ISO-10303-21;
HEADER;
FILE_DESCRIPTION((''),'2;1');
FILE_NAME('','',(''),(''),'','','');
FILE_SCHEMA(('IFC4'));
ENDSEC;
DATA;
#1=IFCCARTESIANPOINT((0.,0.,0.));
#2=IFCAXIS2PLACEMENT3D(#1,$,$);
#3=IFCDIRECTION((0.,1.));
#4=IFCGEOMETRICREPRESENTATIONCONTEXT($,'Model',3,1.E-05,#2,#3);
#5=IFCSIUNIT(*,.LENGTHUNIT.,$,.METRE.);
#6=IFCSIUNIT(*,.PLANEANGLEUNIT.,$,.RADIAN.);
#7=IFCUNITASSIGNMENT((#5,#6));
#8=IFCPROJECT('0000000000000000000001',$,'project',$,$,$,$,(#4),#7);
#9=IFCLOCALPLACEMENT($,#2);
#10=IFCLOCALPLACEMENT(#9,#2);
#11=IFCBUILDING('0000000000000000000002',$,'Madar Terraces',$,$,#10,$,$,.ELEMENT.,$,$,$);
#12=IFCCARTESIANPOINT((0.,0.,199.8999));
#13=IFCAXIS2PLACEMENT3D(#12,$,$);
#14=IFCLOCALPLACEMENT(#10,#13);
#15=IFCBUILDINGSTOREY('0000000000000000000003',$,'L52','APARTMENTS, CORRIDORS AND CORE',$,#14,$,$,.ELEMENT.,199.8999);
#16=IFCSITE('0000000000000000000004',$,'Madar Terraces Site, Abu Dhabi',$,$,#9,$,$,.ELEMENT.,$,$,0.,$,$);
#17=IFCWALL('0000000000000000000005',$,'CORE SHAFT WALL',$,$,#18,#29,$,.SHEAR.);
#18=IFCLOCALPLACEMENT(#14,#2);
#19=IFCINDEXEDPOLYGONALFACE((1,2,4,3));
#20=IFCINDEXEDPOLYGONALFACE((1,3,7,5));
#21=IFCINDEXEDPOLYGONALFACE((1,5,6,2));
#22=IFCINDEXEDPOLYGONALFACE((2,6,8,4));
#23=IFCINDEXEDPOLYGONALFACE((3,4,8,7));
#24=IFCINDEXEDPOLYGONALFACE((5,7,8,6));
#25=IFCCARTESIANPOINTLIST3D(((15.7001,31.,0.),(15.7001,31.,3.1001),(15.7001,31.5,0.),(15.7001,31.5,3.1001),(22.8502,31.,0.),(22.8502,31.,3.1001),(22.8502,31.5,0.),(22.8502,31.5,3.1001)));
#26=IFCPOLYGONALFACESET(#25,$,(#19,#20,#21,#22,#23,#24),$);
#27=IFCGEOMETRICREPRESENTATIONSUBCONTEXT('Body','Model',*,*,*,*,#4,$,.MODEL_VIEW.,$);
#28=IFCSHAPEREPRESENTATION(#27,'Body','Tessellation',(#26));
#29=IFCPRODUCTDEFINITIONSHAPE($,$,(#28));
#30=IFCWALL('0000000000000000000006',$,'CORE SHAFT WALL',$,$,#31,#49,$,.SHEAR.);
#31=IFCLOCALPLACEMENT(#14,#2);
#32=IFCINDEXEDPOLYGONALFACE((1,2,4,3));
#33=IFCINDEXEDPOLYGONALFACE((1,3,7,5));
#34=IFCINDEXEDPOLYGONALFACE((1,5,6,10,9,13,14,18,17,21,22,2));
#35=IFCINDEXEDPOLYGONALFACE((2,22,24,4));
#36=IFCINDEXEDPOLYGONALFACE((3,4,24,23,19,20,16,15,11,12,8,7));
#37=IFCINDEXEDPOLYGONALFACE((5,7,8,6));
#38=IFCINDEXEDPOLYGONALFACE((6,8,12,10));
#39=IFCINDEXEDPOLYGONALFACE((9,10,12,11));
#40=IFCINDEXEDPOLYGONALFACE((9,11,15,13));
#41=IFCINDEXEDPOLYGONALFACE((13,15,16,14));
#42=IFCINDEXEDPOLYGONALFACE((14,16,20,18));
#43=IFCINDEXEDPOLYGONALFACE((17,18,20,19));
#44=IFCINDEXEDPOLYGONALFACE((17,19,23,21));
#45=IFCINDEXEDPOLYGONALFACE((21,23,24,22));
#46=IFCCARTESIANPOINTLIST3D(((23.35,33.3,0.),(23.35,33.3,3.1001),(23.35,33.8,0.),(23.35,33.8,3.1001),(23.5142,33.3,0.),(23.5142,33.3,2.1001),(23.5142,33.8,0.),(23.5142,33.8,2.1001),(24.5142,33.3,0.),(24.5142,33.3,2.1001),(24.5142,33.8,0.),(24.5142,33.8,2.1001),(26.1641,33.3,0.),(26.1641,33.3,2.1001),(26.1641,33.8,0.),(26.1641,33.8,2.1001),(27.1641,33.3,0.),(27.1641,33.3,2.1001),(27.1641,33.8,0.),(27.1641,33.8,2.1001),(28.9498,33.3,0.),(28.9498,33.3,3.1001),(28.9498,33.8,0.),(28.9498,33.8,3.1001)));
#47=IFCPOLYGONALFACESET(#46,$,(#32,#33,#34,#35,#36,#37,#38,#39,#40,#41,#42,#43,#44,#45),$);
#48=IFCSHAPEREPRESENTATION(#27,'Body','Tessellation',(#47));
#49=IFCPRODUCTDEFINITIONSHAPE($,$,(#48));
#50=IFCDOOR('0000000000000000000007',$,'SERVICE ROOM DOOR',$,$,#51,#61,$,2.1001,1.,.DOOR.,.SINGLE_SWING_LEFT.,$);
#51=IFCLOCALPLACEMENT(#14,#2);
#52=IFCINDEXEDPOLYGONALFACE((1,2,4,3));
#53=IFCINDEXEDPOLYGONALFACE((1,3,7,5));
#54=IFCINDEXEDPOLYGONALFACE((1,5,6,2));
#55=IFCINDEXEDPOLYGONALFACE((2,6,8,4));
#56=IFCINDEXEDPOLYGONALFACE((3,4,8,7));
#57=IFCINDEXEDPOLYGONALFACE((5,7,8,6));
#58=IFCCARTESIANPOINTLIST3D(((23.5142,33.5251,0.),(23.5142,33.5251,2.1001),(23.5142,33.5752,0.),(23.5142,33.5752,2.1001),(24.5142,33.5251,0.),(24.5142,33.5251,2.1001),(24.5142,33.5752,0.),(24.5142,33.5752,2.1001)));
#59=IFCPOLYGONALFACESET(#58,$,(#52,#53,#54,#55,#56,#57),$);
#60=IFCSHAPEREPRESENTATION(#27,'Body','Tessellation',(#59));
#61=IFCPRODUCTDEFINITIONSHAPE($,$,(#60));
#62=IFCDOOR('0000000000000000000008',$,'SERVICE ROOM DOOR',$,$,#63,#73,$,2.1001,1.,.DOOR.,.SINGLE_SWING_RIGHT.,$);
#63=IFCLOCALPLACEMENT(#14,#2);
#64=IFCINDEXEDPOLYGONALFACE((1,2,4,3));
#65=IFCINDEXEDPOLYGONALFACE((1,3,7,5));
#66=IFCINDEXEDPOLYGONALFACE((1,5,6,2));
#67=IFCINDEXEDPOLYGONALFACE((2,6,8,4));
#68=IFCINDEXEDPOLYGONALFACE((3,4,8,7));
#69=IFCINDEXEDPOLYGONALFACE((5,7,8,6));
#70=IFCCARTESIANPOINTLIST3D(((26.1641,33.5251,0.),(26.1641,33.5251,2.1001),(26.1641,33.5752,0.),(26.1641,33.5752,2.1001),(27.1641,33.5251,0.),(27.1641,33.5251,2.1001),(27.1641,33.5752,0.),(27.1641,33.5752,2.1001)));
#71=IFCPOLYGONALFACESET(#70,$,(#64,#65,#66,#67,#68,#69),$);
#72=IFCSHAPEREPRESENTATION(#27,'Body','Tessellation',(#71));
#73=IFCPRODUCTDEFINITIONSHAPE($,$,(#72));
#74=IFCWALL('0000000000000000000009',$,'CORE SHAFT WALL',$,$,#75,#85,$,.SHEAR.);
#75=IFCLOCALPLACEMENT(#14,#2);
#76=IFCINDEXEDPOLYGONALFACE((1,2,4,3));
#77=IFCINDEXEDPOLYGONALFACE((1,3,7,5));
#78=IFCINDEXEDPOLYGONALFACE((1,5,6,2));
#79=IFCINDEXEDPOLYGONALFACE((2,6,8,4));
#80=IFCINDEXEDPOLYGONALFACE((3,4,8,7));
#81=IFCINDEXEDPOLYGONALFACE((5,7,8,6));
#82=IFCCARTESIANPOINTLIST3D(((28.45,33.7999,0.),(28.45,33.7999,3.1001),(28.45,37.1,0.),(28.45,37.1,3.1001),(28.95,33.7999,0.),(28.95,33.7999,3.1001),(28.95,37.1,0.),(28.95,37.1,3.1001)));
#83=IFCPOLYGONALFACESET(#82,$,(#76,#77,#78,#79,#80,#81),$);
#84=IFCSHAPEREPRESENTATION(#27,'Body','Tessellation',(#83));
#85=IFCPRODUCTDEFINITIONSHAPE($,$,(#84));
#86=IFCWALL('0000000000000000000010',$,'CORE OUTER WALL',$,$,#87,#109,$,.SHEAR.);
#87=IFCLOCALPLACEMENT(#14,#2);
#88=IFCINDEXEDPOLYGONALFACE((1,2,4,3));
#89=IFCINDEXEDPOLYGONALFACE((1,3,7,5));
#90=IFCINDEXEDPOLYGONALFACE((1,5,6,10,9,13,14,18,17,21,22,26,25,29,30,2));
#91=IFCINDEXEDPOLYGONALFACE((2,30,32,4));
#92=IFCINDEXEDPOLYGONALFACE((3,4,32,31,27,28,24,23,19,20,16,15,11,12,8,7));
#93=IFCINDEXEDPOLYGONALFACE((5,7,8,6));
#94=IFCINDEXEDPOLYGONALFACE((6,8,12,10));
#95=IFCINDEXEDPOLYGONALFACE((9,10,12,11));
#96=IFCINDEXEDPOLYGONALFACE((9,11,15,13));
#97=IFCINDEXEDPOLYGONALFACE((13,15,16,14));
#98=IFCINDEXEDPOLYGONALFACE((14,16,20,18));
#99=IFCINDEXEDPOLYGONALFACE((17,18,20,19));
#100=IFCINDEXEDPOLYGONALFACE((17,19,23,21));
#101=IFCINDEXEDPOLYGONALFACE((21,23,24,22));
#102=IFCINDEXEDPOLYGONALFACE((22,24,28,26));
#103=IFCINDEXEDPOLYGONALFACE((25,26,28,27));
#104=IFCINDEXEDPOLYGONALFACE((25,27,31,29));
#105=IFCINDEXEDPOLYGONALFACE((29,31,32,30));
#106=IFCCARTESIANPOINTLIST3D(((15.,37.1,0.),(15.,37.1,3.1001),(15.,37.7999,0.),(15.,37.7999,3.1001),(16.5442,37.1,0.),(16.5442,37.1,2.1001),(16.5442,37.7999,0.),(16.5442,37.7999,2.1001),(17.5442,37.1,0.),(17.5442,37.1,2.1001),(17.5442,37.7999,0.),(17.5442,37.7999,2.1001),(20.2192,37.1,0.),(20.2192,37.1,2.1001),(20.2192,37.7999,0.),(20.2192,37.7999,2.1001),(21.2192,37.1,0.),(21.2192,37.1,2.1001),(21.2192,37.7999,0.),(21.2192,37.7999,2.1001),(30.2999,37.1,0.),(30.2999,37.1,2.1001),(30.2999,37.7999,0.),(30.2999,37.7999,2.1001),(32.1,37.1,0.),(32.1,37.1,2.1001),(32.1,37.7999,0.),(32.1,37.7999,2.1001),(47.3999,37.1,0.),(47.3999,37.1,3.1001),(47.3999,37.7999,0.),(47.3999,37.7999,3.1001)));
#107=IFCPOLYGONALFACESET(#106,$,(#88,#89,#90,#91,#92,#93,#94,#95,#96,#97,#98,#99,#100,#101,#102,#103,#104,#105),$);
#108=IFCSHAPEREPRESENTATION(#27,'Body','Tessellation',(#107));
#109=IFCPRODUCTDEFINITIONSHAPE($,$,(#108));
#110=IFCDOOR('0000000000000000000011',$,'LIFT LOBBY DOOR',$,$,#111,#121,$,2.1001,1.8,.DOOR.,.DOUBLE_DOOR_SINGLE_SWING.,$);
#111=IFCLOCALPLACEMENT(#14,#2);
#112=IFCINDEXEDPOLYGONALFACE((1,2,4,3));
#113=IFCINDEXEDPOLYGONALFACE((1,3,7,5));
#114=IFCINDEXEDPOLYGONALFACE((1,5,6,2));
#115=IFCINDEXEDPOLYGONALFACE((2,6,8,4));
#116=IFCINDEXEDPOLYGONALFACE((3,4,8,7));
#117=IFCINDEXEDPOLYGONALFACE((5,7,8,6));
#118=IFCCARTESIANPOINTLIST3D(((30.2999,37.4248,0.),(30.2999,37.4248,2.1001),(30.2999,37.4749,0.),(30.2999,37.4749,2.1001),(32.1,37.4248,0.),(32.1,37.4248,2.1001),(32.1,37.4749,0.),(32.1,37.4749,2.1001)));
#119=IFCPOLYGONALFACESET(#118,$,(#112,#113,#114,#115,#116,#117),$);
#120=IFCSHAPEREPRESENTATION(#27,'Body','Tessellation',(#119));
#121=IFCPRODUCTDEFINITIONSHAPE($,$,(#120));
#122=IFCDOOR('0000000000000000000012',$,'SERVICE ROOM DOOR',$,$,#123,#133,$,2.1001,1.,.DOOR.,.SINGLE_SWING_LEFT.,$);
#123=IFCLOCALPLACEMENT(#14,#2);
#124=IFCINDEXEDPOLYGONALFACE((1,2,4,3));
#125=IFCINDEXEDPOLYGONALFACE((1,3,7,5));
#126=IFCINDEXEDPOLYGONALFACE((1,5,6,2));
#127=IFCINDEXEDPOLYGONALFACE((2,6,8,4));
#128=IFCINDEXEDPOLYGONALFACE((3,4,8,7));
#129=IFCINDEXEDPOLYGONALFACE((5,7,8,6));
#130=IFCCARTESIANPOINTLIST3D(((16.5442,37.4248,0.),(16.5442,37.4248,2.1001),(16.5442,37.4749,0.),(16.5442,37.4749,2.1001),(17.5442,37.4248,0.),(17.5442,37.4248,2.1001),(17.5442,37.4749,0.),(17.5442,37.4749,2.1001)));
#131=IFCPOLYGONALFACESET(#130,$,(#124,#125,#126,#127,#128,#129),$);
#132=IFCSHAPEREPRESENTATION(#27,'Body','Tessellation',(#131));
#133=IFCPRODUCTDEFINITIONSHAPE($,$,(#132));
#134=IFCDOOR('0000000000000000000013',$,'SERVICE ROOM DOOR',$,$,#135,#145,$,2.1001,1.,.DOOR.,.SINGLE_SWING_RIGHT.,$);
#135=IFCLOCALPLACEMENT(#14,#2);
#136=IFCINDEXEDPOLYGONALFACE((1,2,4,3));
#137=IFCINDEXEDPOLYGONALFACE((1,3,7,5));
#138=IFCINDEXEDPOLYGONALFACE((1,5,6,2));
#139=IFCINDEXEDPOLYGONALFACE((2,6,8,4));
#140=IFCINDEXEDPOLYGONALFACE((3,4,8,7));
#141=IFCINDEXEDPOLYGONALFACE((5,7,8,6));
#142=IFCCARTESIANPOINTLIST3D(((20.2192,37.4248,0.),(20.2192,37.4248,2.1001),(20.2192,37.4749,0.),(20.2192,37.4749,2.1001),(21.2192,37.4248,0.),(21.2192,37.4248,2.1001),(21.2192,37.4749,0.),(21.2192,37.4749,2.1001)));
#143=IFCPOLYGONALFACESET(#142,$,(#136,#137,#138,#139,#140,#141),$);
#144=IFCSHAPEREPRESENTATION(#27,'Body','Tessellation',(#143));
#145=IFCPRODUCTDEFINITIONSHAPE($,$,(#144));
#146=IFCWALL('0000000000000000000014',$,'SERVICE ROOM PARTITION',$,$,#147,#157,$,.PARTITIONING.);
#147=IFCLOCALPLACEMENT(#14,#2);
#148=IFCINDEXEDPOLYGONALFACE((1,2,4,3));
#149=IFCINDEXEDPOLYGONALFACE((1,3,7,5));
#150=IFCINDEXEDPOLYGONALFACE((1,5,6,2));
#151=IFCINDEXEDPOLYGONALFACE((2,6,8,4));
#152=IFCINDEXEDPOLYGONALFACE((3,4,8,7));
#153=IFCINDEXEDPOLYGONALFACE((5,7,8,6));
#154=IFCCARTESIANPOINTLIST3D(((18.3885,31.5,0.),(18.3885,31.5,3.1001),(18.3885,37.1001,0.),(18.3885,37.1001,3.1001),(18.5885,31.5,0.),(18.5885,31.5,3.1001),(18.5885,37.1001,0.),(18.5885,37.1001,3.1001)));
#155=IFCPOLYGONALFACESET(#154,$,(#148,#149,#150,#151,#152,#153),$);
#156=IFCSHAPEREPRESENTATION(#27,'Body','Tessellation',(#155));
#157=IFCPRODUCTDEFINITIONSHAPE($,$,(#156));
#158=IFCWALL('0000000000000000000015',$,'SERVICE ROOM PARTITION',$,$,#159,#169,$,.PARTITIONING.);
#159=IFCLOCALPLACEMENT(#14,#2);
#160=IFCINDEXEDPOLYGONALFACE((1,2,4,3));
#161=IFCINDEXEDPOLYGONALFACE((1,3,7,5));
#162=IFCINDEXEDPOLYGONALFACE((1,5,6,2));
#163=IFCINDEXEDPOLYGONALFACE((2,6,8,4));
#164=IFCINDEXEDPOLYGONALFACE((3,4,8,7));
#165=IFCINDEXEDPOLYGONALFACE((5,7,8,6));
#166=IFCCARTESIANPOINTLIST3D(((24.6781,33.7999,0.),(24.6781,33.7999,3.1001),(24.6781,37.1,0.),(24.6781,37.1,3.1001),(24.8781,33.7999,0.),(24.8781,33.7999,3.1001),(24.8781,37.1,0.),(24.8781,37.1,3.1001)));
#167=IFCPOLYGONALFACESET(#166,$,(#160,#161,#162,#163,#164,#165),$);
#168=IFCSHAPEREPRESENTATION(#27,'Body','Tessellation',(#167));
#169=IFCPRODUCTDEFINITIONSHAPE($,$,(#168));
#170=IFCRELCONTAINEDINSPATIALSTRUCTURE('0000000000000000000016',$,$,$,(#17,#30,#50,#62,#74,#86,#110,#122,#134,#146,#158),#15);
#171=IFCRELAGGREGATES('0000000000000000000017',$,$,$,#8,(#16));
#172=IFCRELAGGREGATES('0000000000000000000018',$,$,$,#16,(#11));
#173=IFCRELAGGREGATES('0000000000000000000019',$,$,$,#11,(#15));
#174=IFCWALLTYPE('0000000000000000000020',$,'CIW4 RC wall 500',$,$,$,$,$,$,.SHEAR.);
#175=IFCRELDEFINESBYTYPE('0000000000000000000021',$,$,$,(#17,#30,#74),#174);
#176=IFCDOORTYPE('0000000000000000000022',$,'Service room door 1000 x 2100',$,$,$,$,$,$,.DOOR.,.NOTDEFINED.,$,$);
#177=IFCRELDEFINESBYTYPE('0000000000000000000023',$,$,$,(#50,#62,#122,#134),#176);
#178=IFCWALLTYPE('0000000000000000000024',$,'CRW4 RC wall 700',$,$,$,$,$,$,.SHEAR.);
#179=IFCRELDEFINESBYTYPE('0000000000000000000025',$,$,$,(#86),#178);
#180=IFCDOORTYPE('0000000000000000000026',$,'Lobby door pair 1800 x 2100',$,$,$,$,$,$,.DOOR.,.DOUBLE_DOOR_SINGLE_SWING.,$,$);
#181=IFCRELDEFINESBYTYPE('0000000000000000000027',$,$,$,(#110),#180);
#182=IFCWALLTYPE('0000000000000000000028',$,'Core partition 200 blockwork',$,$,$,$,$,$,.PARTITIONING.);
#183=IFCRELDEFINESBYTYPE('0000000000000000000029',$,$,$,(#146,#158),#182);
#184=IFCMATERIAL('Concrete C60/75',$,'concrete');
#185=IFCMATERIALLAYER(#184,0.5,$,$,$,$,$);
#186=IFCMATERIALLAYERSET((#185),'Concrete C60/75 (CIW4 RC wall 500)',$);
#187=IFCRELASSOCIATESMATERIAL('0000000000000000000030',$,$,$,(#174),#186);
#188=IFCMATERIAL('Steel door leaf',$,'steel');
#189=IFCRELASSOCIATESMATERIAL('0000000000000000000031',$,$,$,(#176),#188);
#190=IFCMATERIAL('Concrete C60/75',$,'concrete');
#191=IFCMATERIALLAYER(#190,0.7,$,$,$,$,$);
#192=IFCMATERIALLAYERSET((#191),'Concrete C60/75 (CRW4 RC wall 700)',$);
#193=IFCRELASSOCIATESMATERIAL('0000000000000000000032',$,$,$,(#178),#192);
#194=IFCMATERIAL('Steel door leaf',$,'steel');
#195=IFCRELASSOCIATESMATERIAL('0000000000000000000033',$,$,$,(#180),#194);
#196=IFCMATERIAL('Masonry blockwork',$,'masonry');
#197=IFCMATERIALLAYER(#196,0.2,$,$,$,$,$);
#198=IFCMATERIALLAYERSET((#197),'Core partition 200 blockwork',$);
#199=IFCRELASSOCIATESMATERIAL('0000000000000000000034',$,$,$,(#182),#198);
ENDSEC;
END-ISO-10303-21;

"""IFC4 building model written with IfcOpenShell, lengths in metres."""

from ifc_helpers import new_model, si_unit, direction, frame, frame_2d, origin, place, context, subcontext, project, spatial, rectangle, extrude, material, layer, layer_set, type_object, element, fill, save


model = new_model("IFC4")

# Units and contexts
model_context = context("Model", 3, precision=1e-05, world=origin(), true_north=direction((0.0, 1.0)))
body_context = subcontext(model_context, "Body", "Model", "MODEL_VIEW")
ifc_project = project(units=[si_unit("LENGTHUNIT", "METRE"), si_unit("PLANEANGLEUNIT", "RADIAN")], contexts=[model_context])

# Site, building, storey
site_placement = place(None, origin())
site = spatial("IfcSite", under=ifc_project, at=site_placement, Name="Madar Terraces Site, Abu Dhabi", CompositionType="ELEMENT", RefElevation=0.0)
building_placement = place(site_placement, origin())
building = spatial("IfcBuilding", under=site, at=building_placement, Name="Madar Terraces", CompositionType="ELEMENT")
storey_placement = place(building_placement, frame((0.0, 0.0, 199.8999)))
storey = spatial("IfcBuildingStorey", under=building, at=storey_placement, Name="L52", Description="APARTMENTS, CORRIDORS AND CORE", CompositionType="ELEMENT", Elevation=199.8999)

# Wall
ifc_material_1 = material(Name="Concrete C60/75", Category="concrete")
ifc_layer_1 = layer(ifc_material_1, 0.5)
ifc_layer_set_1 = layer_set([ifc_layer_1], Name="Concrete C60/75 (CIW4 RC wall 500)")
wall_type_1 = type_object("IfcWallType", Name="CIW4 RC wall 500", PredefinedType="SHEAR", material=ifc_layer_set_1)
wall_1_placement = place(storey_placement, frame((15.7, 31.25, 0.0), z_axis=(0.0, 0.0, 1.0), x_axis=(1.0, 0.0, 0.0)))
element("IfcWall", 1, at=wall_1_placement, inside=storey, type_object=wall_type_1, Name="CORE SHAFT WALL", PredefinedType="SHEAR", context=body_context, shape_type="SweptSolid", body=[
    extrude(rectangle(XDim=7.1501, YDim=0.5, at=frame_2d((3.5752, 0.0))), origin(), (0.0, 0.0, 1.0), 3.1001),
])

# Wall, openings, doors
wall_2_placement = place(storey_placement, frame((23.3501, 33.55, 0.0), z_axis=(0.0, 0.0, 1.0), x_axis=(1.0, 0.0, 0.0)))
wall_2 = element("IfcWall", 2, at=wall_2_placement, inside=storey, type_object=wall_type_1, Name="CORE SHAFT WALL", PredefinedType="SHEAR", context=body_context, shape_type="SweptSolid", body=[
    extrude(rectangle(XDim=5.5999, YDim=0.5, at=frame_2d((2.7998, 0.0))), origin(), (0.0, 0.0, 1.0), 3.1001),
])
opening_1_placement = place(wall_2_placement, frame((0.1641, 0.0, 0.0)))
opening_1 = element("IfcOpeningElement", 3, at=opening_1_placement, cuts=wall_2, PredefinedType="OPENING", context=body_context, shape_type="SweptSolid", body=[
    extrude(rectangle(XDim=1.0, YDim=2.1001, at=frame_2d((0.5, 1.05))), frame((0.0, 0.26, 0.0), z_axis=(0.0, -1.0, 0.0), x_axis=(1.0, 0.0, 0.0)), (0.0, 0.0, 1.0), 0.52),
])
opening_2_placement = place(wall_2_placement, frame((2.814, 0.0, 0.0)))
opening_2 = element("IfcOpeningElement", 4, at=opening_2_placement, cuts=wall_2, PredefinedType="OPENING", context=body_context, shape_type="SweptSolid", body=[
    extrude(rectangle(XDim=1.0, YDim=2.1001, at=frame_2d((0.5, 1.05))), frame((0.0, 0.26, 0.0), z_axis=(0.0, -1.0, 0.0), x_axis=(1.0, 0.0, 0.0)), (0.0, 0.0, 1.0), 0.52),
])
ifc_material_2 = material(Name="Steel door leaf", Category="steel")
door_type_1 = type_object("IfcDoorType", Name="Service room door 1000 x 2100", OperationType="NOTDEFINED", PredefinedType="DOOR", material=ifc_material_2)
door_1_placement = place(opening_1_placement, frame((1.0, 0.0, 0.0), z_axis=(0.0, 0.0, 1.0), x_axis=(-1.0, 0.0, 0.0)))
door_1 = element("IfcDoor", 5, at=door_1_placement, inside=storey, type_object=door_type_1, Name="SERVICE ROOM DOOR", OperationType="SINGLE_SWING_LEFT", OverallHeight=2.1001, OverallWidth=1.0, PredefinedType="DOOR", context=body_context, shape_type="SweptSolid", body=[
    extrude(rectangle(XDim=1.0, YDim=2.1001, at=frame_2d((0.5, 1.05))), frame((0.0, 0.0249, 0.0), z_axis=(0.0, -1.0, 0.0), x_axis=(1.0, 0.0, 0.0)), (0.0, 0.0, 1.0), 0.05),
])
fill(opening_1, door_1)
door_2_placement = place(opening_2_placement, frame((1.0, 0.0, 0.0), z_axis=(0.0, 0.0, 1.0), x_axis=(-1.0, 0.0, 0.0)))
door_2 = element("IfcDoor", 6, at=door_2_placement, inside=storey, type_object=door_type_1, Name="SERVICE ROOM DOOR", OperationType="SINGLE_SWING_RIGHT", OverallHeight=2.1001, OverallWidth=1.0, PredefinedType="DOOR", context=body_context, shape_type="SweptSolid", body=[
    extrude(rectangle(XDim=1.0, YDim=2.1001, at=frame_2d((0.5, 1.05))), frame((0.0, 0.0249, 0.0), z_axis=(0.0, -1.0, 0.0), x_axis=(1.0, 0.0, 0.0)), (0.0, 0.0, 1.0), 0.05),
])
fill(opening_2, door_2)

# Wall
wall_3_placement = place(storey_placement, frame((28.7, 33.8, 0.0), z_axis=(0.0, 0.0, 1.0), x_axis=(0.0, 1.0, 0.0)))
element("IfcWall", 7, at=wall_3_placement, inside=storey, type_object=wall_type_1, Name="CORE SHAFT WALL", PredefinedType="SHEAR", context=body_context, shape_type="SweptSolid", body=[
    extrude(rectangle(XDim=3.3, YDim=0.5, at=frame_2d((1.6499, 0.0))), origin(), (0.0, 0.0, 1.0), 3.1001),
])

# Wall, openings, doors
ifc_material_3 = material(Name="Concrete C60/75", Category="concrete")
ifc_layer_2 = layer(ifc_material_3, 0.7)
ifc_layer_set_2 = layer_set([ifc_layer_2], Name="Concrete C60/75 (CRW4 RC wall 700)")
wall_type_2 = type_object("IfcWallType", Name="CRW4 RC wall 700", PredefinedType="SHEAR", material=ifc_layer_set_2)
wall_4_placement = place(storey_placement, frame((15.0, 37.45, 0.0), z_axis=(0.0, 0.0, 1.0), x_axis=(1.0, 0.0, 0.0)))
wall_4 = element("IfcWall", 8, at=wall_4_placement, inside=storey, type_object=wall_type_2, Name="CORE OUTER WALL", PredefinedType="SHEAR", context=body_context, shape_type="SweptSolid", body=[
    extrude(rectangle(XDim=32.3999, YDim=0.7, at=frame_2d((16.2, 0.0))), origin(), (0.0, 0.0, 1.0), 3.1001),
])
opening_3_placement = place(wall_4_placement, frame((15.3, 0.0, 0.0)))
opening_3 = element("IfcOpeningElement", 9, at=opening_3_placement, cuts=wall_4, PredefinedType="OPENING", context=body_context, shape_type="SweptSolid", body=[
    extrude(rectangle(XDim=1.8, YDim=2.1001, at=frame_2d((0.8999, 1.05))), frame((0.0, 0.3599, 0.0), z_axis=(0.0, -1.0, 0.0), x_axis=(1.0, 0.0, 0.0)), (0.0, 0.0, 1.0), 0.72),
])
opening_4_placement = place(wall_4_placement, frame((1.5442, 0.0, 0.0)))
opening_4 = element("IfcOpeningElement", 10, at=opening_4_placement, cuts=wall_4, PredefinedType="OPENING", context=body_context, shape_type="SweptSolid", body=[
    extrude(rectangle(XDim=1.0, YDim=2.1001, at=frame_2d((0.5, 1.05))), frame((0.0, 0.3599, 0.0), z_axis=(0.0, -1.0, 0.0), x_axis=(1.0, 0.0, 0.0)), (0.0, 0.0, 1.0), 0.72),
])
opening_5_placement = place(wall_4_placement, frame((5.2192, 0.0, 0.0)))
opening_5 = element("IfcOpeningElement", 11, at=opening_5_placement, cuts=wall_4, PredefinedType="OPENING", context=body_context, shape_type="SweptSolid", body=[
    extrude(rectangle(XDim=1.0, YDim=2.1001, at=frame_2d((0.5, 1.05))), frame((0.0, 0.3599, 0.0), z_axis=(0.0, -1.0, 0.0), x_axis=(1.0, 0.0, 0.0)), (0.0, 0.0, 1.0), 0.72),
])
ifc_material_4 = material(Name="Steel door leaf", Category="steel")
door_type_2 = type_object("IfcDoorType", Name="Lobby door pair 1800 x 2100", OperationType="DOUBLE_DOOR_SINGLE_SWING", PredefinedType="DOOR", material=ifc_material_4)
door_3_placement = place(opening_3_placement, origin())
door_3 = element("IfcDoor", 12, at=door_3_placement, inside=storey, type_object=door_type_2, Name="LIFT LOBBY DOOR", OperationType="DOUBLE_DOOR_SINGLE_SWING", OverallHeight=2.1001, OverallWidth=1.8, PredefinedType="DOOR", context=body_context, shape_type="SweptSolid", body=[
    extrude(rectangle(XDim=1.8, YDim=2.1001, at=frame_2d((0.8999, 1.05))), frame((0.0, 0.0249, 0.0), z_axis=(0.0, -1.0, 0.0), x_axis=(1.0, 0.0, 0.0)), (0.0, 0.0, 1.0), 0.05),
])
fill(opening_3, door_3)
door_4_placement = place(opening_4_placement, origin())
door_4 = element("IfcDoor", 13, at=door_4_placement, inside=storey, type_object=door_type_1, Name="SERVICE ROOM DOOR", OperationType="SINGLE_SWING_LEFT", OverallHeight=2.1001, OverallWidth=1.0, PredefinedType="DOOR", context=body_context, shape_type="SweptSolid", body=[
    extrude(rectangle(XDim=1.0, YDim=2.1001, at=frame_2d((0.5, 1.05))), frame((0.0, 0.0249, 0.0), z_axis=(0.0, -1.0, 0.0), x_axis=(1.0, 0.0, 0.0)), (0.0, 0.0, 1.0), 0.05),
])
fill(opening_4, door_4)
door_5_placement = place(opening_5_placement, origin())
door_5 = element("IfcDoor", 14, at=door_5_placement, inside=storey, type_object=door_type_1, Name="SERVICE ROOM DOOR", OperationType="SINGLE_SWING_RIGHT", OverallHeight=2.1001, OverallWidth=1.0, PredefinedType="DOOR", context=body_context, shape_type="SweptSolid", body=[
    extrude(rectangle(XDim=1.0, YDim=2.1001, at=frame_2d((0.5, 1.05))), frame((0.0, 0.0249, 0.0), z_axis=(0.0, -1.0, 0.0), x_axis=(1.0, 0.0, 0.0)), (0.0, 0.0, 1.0), 0.05),
])
fill(opening_5, door_5)

# Walls
ifc_material_5 = material(Name="Masonry blockwork", Category="masonry")
ifc_layer_3 = layer(ifc_material_5, 0.2)
ifc_layer_set_3 = layer_set([ifc_layer_3], Name="Core partition 200 blockwork")
wall_type_3 = type_object("IfcWallType", Name="Core partition 200 blockwork", PredefinedType="PARTITIONING", material=ifc_layer_set_3)
wall_5_placement = place(storey_placement, frame((18.4885, 31.5, 0.0), z_axis=(0.0, 0.0, 1.0), x_axis=(0.0, 1.0, 0.0)))
element("IfcWall", 15, at=wall_5_placement, inside=storey, type_object=wall_type_3, Name="SERVICE ROOM PARTITION", PredefinedType="PARTITIONING", context=body_context, shape_type="SweptSolid", body=[
    extrude(rectangle(XDim=5.6001, YDim=0.2, at=frame_2d((2.8, 0.0))), origin(), (0.0, 0.0, 1.0), 3.1001),
])
wall_6_placement = place(storey_placement, frame((24.7781, 33.8, 0.0), z_axis=(0.0, 0.0, 1.0), x_axis=(0.0, 1.0, 0.0)))
element("IfcWall", 16, at=wall_6_placement, inside=storey, type_object=wall_type_3, Name="SERVICE ROOM PARTITION", PredefinedType="PARTITIONING", context=body_context, shape_type="SweptSolid", body=[
    extrude(rectangle(XDim=3.3, YDim=0.2, at=frame_2d((1.6499, 0.0))), origin(), (0.0, 0.0, 1.0), 3.1001),
])

save(model, "model.ifc")
